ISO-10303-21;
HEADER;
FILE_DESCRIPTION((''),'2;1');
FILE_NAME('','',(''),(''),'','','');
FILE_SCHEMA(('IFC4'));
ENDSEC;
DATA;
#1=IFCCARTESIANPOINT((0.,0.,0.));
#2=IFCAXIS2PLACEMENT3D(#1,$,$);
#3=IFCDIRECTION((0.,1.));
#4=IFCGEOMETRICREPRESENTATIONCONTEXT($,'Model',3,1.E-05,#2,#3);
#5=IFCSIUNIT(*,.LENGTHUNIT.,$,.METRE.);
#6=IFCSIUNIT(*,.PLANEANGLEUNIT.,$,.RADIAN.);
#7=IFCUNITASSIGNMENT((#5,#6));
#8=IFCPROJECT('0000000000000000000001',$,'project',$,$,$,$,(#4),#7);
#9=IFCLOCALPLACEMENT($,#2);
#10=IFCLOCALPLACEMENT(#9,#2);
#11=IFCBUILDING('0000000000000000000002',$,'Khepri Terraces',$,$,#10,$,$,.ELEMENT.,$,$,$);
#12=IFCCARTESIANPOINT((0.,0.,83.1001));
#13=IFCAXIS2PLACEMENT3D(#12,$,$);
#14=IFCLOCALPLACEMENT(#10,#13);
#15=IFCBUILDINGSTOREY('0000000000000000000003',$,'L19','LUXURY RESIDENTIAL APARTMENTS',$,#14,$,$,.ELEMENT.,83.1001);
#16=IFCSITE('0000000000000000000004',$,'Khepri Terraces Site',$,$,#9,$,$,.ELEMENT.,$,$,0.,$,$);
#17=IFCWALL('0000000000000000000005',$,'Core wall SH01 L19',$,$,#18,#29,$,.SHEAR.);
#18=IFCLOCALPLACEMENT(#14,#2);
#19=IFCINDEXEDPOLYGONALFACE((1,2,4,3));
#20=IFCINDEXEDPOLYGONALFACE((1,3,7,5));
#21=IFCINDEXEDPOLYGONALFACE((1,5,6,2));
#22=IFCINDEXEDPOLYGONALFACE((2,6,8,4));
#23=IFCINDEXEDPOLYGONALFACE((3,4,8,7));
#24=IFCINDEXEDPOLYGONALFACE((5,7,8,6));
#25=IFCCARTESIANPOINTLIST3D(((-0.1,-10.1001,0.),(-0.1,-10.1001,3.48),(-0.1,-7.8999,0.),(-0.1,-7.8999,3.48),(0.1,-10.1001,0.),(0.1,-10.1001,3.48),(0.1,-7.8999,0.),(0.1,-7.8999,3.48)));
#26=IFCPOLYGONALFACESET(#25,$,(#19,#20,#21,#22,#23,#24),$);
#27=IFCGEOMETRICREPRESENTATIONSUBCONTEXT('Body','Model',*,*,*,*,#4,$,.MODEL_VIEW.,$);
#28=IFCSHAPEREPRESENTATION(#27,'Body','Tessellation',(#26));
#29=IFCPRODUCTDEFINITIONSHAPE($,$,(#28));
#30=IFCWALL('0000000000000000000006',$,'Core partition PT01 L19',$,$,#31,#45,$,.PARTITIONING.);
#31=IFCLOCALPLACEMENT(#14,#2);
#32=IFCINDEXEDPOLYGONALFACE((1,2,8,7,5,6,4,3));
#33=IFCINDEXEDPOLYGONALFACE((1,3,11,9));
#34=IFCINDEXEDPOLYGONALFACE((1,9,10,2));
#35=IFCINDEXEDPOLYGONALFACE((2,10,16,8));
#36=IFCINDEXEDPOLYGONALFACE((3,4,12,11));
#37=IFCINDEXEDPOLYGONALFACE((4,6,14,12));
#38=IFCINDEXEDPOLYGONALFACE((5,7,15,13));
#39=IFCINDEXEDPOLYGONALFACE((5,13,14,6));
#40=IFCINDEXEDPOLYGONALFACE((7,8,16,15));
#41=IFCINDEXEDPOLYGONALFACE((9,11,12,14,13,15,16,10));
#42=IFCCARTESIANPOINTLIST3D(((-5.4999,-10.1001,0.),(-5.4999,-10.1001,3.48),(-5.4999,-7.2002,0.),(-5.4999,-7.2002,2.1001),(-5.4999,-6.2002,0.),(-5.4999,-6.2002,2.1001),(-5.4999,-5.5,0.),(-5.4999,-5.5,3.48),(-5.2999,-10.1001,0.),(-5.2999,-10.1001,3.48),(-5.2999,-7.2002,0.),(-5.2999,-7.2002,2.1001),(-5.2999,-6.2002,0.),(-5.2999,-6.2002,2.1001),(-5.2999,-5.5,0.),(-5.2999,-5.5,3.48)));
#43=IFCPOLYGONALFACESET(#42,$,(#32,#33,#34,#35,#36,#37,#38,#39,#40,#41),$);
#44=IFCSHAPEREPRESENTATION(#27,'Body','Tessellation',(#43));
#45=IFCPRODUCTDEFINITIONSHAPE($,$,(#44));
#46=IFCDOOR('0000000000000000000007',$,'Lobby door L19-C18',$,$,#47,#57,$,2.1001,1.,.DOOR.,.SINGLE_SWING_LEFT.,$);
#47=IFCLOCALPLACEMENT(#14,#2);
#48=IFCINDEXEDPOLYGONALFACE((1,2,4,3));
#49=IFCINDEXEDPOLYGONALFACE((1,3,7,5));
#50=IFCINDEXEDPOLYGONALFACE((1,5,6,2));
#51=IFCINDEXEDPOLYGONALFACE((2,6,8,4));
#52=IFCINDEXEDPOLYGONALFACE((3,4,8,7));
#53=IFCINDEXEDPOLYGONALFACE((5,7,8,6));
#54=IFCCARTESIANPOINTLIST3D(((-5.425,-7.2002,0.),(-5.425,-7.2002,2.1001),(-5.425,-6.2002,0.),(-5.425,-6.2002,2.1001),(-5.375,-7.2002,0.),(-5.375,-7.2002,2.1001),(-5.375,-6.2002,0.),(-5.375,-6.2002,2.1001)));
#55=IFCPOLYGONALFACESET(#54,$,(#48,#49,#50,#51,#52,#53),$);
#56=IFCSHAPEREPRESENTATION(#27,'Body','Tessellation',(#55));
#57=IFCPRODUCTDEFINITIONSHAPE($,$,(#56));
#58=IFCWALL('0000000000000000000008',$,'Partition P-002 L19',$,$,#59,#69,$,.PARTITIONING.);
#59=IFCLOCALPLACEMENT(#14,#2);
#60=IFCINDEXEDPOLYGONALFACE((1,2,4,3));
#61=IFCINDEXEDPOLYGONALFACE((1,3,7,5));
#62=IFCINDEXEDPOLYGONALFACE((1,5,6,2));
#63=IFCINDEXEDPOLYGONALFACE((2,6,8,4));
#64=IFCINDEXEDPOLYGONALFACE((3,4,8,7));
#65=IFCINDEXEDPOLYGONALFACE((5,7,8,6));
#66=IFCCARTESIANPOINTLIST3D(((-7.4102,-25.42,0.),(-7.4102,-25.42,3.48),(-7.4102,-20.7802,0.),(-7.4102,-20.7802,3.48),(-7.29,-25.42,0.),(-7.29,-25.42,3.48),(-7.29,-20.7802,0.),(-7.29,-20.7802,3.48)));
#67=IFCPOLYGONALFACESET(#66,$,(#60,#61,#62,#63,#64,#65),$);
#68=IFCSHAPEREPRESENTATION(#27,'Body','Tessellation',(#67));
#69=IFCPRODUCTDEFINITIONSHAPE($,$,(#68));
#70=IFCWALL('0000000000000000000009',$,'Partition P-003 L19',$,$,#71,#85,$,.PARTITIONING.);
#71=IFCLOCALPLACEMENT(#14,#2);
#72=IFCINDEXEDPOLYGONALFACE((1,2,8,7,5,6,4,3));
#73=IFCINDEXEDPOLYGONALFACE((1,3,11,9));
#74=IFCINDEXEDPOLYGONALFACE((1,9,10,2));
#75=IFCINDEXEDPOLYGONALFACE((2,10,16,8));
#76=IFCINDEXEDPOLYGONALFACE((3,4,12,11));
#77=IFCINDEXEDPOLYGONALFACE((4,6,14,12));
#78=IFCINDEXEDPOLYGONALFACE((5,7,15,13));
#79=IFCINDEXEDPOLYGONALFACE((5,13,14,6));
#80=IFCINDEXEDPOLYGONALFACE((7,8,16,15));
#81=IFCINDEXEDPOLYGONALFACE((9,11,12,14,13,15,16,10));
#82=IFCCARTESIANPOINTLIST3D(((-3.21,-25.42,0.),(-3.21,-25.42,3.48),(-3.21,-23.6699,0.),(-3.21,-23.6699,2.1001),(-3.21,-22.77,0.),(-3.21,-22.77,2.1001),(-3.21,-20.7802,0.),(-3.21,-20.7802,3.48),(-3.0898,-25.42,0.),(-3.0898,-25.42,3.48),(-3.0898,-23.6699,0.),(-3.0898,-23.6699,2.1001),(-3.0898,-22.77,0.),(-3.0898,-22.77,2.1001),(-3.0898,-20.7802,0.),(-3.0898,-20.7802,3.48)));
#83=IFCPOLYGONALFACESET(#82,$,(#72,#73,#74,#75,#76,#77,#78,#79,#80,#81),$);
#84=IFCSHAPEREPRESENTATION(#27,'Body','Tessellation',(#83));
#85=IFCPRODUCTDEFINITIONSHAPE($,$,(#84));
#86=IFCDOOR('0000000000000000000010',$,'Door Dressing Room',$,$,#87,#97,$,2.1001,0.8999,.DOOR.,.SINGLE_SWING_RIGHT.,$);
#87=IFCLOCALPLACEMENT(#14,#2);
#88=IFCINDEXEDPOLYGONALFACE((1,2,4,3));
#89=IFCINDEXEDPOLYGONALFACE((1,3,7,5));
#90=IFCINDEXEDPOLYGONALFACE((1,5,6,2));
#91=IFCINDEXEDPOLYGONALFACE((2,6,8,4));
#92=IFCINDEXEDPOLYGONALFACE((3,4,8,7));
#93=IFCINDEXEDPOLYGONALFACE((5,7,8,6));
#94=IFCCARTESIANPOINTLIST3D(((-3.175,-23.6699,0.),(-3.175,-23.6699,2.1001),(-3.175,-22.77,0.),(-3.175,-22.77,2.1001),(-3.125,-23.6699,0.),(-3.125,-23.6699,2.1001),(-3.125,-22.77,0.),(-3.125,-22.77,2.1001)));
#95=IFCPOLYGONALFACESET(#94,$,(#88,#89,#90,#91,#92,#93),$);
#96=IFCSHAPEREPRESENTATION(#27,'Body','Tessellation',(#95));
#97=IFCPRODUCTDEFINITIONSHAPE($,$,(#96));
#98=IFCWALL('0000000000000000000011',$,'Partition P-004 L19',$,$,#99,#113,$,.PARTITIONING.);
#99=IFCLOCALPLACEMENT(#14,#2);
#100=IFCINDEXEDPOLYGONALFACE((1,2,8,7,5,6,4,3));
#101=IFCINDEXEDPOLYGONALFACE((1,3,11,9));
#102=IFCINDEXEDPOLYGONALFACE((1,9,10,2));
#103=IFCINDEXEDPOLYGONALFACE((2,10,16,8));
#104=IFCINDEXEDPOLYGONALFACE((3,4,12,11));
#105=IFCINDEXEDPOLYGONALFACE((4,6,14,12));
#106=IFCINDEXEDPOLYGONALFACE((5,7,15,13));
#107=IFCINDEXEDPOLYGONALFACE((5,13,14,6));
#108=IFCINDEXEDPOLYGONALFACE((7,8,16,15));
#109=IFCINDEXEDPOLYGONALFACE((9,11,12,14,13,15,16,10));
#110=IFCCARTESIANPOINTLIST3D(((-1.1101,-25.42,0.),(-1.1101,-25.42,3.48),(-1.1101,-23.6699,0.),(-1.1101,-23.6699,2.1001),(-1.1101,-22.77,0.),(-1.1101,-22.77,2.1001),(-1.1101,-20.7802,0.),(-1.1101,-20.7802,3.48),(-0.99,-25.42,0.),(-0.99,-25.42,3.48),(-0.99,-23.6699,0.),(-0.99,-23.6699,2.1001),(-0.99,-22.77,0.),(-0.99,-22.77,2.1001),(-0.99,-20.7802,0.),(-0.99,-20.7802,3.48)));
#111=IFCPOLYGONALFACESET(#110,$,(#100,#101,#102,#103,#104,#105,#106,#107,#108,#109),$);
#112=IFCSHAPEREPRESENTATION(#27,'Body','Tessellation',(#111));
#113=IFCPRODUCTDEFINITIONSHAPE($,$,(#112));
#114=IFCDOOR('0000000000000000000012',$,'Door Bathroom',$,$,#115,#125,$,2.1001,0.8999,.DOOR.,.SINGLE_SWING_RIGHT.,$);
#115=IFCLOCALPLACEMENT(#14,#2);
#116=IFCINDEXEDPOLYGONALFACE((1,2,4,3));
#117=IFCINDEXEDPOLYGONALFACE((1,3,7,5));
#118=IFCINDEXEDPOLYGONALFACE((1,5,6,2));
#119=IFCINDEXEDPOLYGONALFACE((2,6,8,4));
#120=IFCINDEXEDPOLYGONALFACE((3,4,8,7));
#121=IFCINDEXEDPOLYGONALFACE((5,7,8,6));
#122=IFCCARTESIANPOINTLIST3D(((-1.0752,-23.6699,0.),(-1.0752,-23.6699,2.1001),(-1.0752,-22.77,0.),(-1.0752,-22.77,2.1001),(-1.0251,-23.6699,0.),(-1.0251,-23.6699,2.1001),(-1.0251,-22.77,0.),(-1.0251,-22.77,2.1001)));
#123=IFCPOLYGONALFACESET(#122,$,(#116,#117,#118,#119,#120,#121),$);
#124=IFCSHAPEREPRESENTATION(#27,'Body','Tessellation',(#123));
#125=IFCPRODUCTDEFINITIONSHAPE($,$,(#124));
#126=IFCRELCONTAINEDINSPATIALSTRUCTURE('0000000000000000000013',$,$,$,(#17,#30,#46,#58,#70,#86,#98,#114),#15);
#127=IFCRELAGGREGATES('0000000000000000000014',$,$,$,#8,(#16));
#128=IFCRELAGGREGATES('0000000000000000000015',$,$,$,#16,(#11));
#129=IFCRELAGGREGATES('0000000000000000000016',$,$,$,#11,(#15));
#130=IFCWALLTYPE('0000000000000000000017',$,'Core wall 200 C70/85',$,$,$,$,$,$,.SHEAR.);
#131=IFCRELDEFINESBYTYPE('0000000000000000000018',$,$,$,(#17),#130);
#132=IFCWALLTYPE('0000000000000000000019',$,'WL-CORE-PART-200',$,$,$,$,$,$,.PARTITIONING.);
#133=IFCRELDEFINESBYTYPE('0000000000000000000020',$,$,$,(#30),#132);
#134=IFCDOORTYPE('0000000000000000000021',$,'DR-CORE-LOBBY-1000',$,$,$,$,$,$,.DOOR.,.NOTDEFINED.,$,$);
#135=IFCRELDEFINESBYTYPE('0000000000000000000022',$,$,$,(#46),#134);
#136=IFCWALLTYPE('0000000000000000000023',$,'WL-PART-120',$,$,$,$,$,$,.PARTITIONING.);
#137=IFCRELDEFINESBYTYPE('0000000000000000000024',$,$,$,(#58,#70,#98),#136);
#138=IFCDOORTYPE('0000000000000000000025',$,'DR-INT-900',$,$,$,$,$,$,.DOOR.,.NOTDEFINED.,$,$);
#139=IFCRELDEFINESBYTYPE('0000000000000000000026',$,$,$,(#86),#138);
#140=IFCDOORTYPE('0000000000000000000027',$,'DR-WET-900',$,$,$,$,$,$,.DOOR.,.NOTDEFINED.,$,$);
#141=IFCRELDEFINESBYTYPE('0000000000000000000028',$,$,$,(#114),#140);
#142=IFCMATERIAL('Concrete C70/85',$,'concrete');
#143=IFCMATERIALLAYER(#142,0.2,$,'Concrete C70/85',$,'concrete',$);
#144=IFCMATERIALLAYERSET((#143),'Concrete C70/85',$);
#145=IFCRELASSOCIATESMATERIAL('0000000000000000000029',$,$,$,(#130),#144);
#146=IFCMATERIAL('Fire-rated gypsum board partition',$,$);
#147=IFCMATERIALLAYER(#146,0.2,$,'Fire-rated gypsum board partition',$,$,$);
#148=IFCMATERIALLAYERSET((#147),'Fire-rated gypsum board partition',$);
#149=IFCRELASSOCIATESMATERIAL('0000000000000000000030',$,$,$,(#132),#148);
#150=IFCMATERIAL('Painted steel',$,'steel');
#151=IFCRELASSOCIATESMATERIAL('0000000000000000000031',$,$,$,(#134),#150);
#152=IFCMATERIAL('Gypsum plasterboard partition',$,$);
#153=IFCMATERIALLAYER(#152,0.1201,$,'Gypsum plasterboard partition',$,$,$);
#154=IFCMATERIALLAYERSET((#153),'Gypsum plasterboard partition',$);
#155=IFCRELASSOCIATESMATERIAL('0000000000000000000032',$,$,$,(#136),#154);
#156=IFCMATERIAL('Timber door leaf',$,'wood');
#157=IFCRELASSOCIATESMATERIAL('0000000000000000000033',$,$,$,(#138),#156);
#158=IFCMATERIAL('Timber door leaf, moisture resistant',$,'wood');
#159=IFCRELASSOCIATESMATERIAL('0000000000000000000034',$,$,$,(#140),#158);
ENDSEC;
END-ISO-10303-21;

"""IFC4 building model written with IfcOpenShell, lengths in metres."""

from ifc_helpers import new_model, si_unit, direction, frame, frame_2d, origin, place, context, subcontext, project, spatial, rectangle, extrude, material, layer, layer_set, type_object, element, fill, save


model = new_model("IFC4")

# Units and contexts
model_context = context("Model", 3, precision=1e-05, world=origin(), true_north=direction((0.0, 1.0)))
body_context = subcontext(model_context, "Body", "Model", "MODEL_VIEW")
ifc_project = project(units=[si_unit("LENGTHUNIT", "METRE"), si_unit("PLANEANGLEUNIT", "RADIAN")], contexts=[model_context])

# Site, building, storey
site_placement = place(None, origin())
site = spatial("IfcSite", under=ifc_project, at=site_placement, Name="Khepri Terraces Site", CompositionType="ELEMENT", RefElevation=0.0)
building_placement = place(site_placement, origin())
building = spatial("IfcBuilding", under=site, at=building_placement, Name="Khepri Terraces", CompositionType="ELEMENT")
storey_placement = place(building_placement, frame((0.0, 0.0, 83.1001)))
storey = spatial("IfcBuildingStorey", under=building, at=storey_placement, Name="L19", Description="LUXURY RESIDENTIAL APARTMENTS", CompositionType="ELEMENT", Elevation=83.1001)

# Wall
ifc_material_1 = material(Name="Concrete C70/85", Category="concrete")
ifc_layer_1 = layer(ifc_material_1, 0.2, Name="Concrete C70/85", Category="concrete")
ifc_layer_set_1 = layer_set([ifc_layer_1], Name="Concrete C70/85")
wall_type_1 = type_object("IfcWallType", Name="Core wall 200 C70/85", PredefinedType="SHEAR", material=ifc_layer_set_1)
wall_1_placement = place(storey_placement, frame((0.0, -10.1001, 0.0), z_axis=(0.0, 0.0, 1.0), x_axis=(0.0, 1.0, 0.0)))
element("IfcWall", 1, at=wall_1_placement, inside=storey, type_object=wall_type_1, Name="Core wall SH01 L19", PredefinedType="SHEAR", context=body_context, shape_type="SweptSolid", body=[
    extrude(rectangle(XDim=2.2002, YDim=0.2, at=frame_2d((1.1001, 0.0))), origin(), (0.0, 0.0, 1.0), 3.48),
])

# Wall, opening, door
ifc_material_2 = material(Name="Fire-rated gypsum board partition")
ifc_layer_2 = layer(ifc_material_2, 0.2, Name="Fire-rated gypsum board partition")
ifc_layer_set_2 = layer_set([ifc_layer_2], Name="Fire-rated gypsum board partition")
wall_type_2 = type_object("IfcWallType", Name="WL-CORE-PART-200", PredefinedType="PARTITIONING", material=ifc_layer_set_2)
wall_2_placement = place(storey_placement, frame((-5.3999, -10.1001, 0.0), z_axis=(0.0, 0.0, 1.0), x_axis=(0.0, 1.0, 0.0)))
wall_2 = element("IfcWall", 2, at=wall_2_placement, inside=storey, type_object=wall_type_2, Name="Core partition PT01 L19", PredefinedType="PARTITIONING", context=body_context, shape_type="SweptSolid", body=[
    extrude(rectangle(XDim=4.6001, YDim=0.2, at=frame_2d((2.3, 0.0))), origin(), (0.0, 0.0, 1.0), 3.48),
])
opening_1_placement = place(wall_2_placement, frame((2.8999, 0.0, 0.0)))
opening_1 = element("IfcOpeningElement", 3, at=opening_1_placement, cuts=wall_2, PredefinedType="OPENING", context=body_context, shape_type="SweptSolid", body=[
    extrude(rectangle(XDim=1.0, YDim=2.1001, at=frame_2d((0.5, 1.05))), frame((0.0, 0.1099, 0.0), z_axis=(0.0, -1.0, 0.0), x_axis=(1.0, 0.0, 0.0)), (0.0, 0.0, 1.0), 0.22),
])
ifc_material_3 = material(Name="Painted steel", Category="steel")
door_type_1 = type_object("IfcDoorType", Name="DR-CORE-LOBBY-1000", OperationType="NOTDEFINED", PredefinedType="DOOR", material=ifc_material_3)
door_1_placement = place(opening_1_placement, frame((1.0, 0.0, 0.0), z_axis=(0.0, 0.0, 1.0), x_axis=(-1.0, 0.0, 0.0)))
door_1 = element("IfcDoor", 4, at=door_1_placement, inside=storey, type_object=door_type_1, Name="Lobby door L19-C18", OperationType="SINGLE_SWING_LEFT", OverallHeight=2.1001, OverallWidth=1.0, PredefinedType="DOOR", context=body_context, shape_type="SweptSolid", body=[
    extrude(rectangle(XDim=1.0, YDim=2.1001, at=frame_2d((0.5, 1.05))), frame((0.0, 0.0249, 0.0), z_axis=(0.0, -1.0, 0.0), x_axis=(1.0, 0.0, 0.0)), (0.0, 0.0, 1.0), 0.05),
])
fill(opening_1, door_1)

# Wall
ifc_material_4 = material(Name="Gypsum plasterboard partition")
ifc_layer_3 = layer(ifc_material_4, 0.1201, Name="Gypsum plasterboard partition")
ifc_layer_set_3 = layer_set([ifc_layer_3], Name="Gypsum plasterboard partition")
wall_type_3 = type_object("IfcWallType", Name="WL-PART-120", PredefinedType="PARTITIONING", material=ifc_layer_set_3)
wall_3_placement = place(storey_placement, frame((-7.3501, -25.4199, 0.0), z_axis=(0.0, 0.0, 1.0), x_axis=(0.0, 1.0, 0.0)))
element("IfcWall", 5, at=wall_3_placement, inside=storey, type_object=wall_type_3, Name="Partition P-002 L19", PredefinedType="PARTITIONING", context=body_context, shape_type="SweptSolid", body=[
    extrude(rectangle(XDim=4.6399, YDim=0.1201, at=frame_2d((2.3198, 0.0))), origin(), (0.0, 0.0, 1.0), 3.48),
])

# Walls, openings, doors
wall_4_placement = place(storey_placement, frame((-3.1499, -25.4199, 0.0), z_axis=(0.0, 0.0, 1.0), x_axis=(0.0, 1.0, 0.0)))
wall_4 = element("IfcWall", 6, at=wall_4_placement, inside=storey, type_object=wall_type_3, Name="Partition P-003 L19", PredefinedType="PARTITIONING", context=body_context, shape_type="SweptSolid", body=[
    extrude(rectangle(XDim=4.6399, YDim=0.1201, at=frame_2d((2.3198, 0.0))), origin(), (0.0, 0.0, 1.0), 3.48),
])
opening_2_placement = place(wall_4_placement, frame((1.75, 0.0, 0.0)))
opening_2 = element("IfcOpeningElement", 7, at=opening_2_placement, cuts=wall_4, PredefinedType="OPENING", context=body_context, shape_type="SweptSolid", body=[
    extrude(rectangle(XDim=0.8999, YDim=2.1001, at=frame_2d((0.45, 1.05))), frame((0.0, 0.0701, 0.0), z_axis=(0.0, -1.0, 0.0), x_axis=(1.0, 0.0, 0.0)), (0.0, 0.0, 1.0), 0.1401),
])
ifc_material_5 = material(Name="Timber door leaf", Category="wood")
door_type_2 = type_object("IfcDoorType", Name="DR-INT-900", OperationType="NOTDEFINED", PredefinedType="DOOR", material=ifc_material_5)
door_2_placement = place(opening_2_placement, frame((0.8999, 0.0, 0.0), z_axis=(0.0, 0.0, 1.0), x_axis=(-1.0, 0.0, 0.0)))
door_2 = element("IfcDoor", 8, at=door_2_placement, inside=storey, type_object=door_type_2, Name="Door Dressing Room", OperationType="SINGLE_SWING_RIGHT", OverallHeight=2.1001, OverallWidth=0.8999, PredefinedType="DOOR", context=body_context, shape_type="SweptSolid", body=[
    extrude(rectangle(XDim=0.8999, YDim=2.1001, at=frame_2d((0.45, 1.05))), frame((0.0, 0.0249, 0.0), z_axis=(0.0, -1.0, 0.0), x_axis=(1.0, 0.0, 0.0)), (0.0, 0.0, 1.0), 0.05),
])
fill(opening_2, door_2)
wall_5_placement = place(storey_placement, frame((-1.05, -25.4199, 0.0), z_axis=(0.0, 0.0, 1.0), x_axis=(0.0, 1.0, 0.0)))
wall_5 = element("IfcWall", 9, at=wall_5_placement, inside=storey, type_object=wall_type_3, Name="Partition P-004 L19", PredefinedType="PARTITIONING", context=body_context, shape_type="SweptSolid", body=[
    extrude(rectangle(XDim=4.6399, YDim=0.1201, at=frame_2d((2.3198, 0.0))), origin(), (0.0, 0.0, 1.0), 3.48),
])
opening_3_placement = place(wall_5_placement, frame((1.75, 0.0, 0.0)))
opening_3 = element("IfcOpeningElement", 10, at=opening_3_placement, cuts=wall_5, PredefinedType="OPENING", context=body_context, shape_type="SweptSolid", body=[
    extrude(rectangle(XDim=0.8999, YDim=2.1001, at=frame_2d((0.45, 1.05))), frame((0.0, 0.0701, 0.0), z_axis=(0.0, -1.0, 0.0), x_axis=(1.0, 0.0, 0.0)), (0.0, 0.0, 1.0), 0.1401),
])
ifc_material_6 = material(Name="Timber door leaf, moisture resistant", Category="wood")
door_type_3 = type_object("IfcDoorType", Name="DR-WET-900", OperationType="NOTDEFINED", PredefinedType="DOOR", material=ifc_material_6)
door_3_placement = place(opening_3_placement, frame((0.8999, 0.0, 0.0), z_axis=(0.0, 0.0, 1.0), x_axis=(-1.0, 0.0, 0.0)))
door_3 = element("IfcDoor", 11, at=door_3_placement, inside=storey, type_object=door_type_3, Name="Door Bathroom", OperationType="SINGLE_SWING_RIGHT", OverallHeight=2.1001, OverallWidth=0.8999, PredefinedType="DOOR", context=body_context, shape_type="SweptSolid", body=[
    extrude(rectangle(XDim=0.8999, YDim=2.1001, at=frame_2d((0.45, 1.05))), frame((0.0, 0.0249, 0.0), z_axis=(0.0, -1.0, 0.0), x_axis=(1.0, 0.0, 0.0)), (0.0, 0.0, 1.0), 0.05),
])
fill(opening_3, door_3)

save(model, "model.ifc")
